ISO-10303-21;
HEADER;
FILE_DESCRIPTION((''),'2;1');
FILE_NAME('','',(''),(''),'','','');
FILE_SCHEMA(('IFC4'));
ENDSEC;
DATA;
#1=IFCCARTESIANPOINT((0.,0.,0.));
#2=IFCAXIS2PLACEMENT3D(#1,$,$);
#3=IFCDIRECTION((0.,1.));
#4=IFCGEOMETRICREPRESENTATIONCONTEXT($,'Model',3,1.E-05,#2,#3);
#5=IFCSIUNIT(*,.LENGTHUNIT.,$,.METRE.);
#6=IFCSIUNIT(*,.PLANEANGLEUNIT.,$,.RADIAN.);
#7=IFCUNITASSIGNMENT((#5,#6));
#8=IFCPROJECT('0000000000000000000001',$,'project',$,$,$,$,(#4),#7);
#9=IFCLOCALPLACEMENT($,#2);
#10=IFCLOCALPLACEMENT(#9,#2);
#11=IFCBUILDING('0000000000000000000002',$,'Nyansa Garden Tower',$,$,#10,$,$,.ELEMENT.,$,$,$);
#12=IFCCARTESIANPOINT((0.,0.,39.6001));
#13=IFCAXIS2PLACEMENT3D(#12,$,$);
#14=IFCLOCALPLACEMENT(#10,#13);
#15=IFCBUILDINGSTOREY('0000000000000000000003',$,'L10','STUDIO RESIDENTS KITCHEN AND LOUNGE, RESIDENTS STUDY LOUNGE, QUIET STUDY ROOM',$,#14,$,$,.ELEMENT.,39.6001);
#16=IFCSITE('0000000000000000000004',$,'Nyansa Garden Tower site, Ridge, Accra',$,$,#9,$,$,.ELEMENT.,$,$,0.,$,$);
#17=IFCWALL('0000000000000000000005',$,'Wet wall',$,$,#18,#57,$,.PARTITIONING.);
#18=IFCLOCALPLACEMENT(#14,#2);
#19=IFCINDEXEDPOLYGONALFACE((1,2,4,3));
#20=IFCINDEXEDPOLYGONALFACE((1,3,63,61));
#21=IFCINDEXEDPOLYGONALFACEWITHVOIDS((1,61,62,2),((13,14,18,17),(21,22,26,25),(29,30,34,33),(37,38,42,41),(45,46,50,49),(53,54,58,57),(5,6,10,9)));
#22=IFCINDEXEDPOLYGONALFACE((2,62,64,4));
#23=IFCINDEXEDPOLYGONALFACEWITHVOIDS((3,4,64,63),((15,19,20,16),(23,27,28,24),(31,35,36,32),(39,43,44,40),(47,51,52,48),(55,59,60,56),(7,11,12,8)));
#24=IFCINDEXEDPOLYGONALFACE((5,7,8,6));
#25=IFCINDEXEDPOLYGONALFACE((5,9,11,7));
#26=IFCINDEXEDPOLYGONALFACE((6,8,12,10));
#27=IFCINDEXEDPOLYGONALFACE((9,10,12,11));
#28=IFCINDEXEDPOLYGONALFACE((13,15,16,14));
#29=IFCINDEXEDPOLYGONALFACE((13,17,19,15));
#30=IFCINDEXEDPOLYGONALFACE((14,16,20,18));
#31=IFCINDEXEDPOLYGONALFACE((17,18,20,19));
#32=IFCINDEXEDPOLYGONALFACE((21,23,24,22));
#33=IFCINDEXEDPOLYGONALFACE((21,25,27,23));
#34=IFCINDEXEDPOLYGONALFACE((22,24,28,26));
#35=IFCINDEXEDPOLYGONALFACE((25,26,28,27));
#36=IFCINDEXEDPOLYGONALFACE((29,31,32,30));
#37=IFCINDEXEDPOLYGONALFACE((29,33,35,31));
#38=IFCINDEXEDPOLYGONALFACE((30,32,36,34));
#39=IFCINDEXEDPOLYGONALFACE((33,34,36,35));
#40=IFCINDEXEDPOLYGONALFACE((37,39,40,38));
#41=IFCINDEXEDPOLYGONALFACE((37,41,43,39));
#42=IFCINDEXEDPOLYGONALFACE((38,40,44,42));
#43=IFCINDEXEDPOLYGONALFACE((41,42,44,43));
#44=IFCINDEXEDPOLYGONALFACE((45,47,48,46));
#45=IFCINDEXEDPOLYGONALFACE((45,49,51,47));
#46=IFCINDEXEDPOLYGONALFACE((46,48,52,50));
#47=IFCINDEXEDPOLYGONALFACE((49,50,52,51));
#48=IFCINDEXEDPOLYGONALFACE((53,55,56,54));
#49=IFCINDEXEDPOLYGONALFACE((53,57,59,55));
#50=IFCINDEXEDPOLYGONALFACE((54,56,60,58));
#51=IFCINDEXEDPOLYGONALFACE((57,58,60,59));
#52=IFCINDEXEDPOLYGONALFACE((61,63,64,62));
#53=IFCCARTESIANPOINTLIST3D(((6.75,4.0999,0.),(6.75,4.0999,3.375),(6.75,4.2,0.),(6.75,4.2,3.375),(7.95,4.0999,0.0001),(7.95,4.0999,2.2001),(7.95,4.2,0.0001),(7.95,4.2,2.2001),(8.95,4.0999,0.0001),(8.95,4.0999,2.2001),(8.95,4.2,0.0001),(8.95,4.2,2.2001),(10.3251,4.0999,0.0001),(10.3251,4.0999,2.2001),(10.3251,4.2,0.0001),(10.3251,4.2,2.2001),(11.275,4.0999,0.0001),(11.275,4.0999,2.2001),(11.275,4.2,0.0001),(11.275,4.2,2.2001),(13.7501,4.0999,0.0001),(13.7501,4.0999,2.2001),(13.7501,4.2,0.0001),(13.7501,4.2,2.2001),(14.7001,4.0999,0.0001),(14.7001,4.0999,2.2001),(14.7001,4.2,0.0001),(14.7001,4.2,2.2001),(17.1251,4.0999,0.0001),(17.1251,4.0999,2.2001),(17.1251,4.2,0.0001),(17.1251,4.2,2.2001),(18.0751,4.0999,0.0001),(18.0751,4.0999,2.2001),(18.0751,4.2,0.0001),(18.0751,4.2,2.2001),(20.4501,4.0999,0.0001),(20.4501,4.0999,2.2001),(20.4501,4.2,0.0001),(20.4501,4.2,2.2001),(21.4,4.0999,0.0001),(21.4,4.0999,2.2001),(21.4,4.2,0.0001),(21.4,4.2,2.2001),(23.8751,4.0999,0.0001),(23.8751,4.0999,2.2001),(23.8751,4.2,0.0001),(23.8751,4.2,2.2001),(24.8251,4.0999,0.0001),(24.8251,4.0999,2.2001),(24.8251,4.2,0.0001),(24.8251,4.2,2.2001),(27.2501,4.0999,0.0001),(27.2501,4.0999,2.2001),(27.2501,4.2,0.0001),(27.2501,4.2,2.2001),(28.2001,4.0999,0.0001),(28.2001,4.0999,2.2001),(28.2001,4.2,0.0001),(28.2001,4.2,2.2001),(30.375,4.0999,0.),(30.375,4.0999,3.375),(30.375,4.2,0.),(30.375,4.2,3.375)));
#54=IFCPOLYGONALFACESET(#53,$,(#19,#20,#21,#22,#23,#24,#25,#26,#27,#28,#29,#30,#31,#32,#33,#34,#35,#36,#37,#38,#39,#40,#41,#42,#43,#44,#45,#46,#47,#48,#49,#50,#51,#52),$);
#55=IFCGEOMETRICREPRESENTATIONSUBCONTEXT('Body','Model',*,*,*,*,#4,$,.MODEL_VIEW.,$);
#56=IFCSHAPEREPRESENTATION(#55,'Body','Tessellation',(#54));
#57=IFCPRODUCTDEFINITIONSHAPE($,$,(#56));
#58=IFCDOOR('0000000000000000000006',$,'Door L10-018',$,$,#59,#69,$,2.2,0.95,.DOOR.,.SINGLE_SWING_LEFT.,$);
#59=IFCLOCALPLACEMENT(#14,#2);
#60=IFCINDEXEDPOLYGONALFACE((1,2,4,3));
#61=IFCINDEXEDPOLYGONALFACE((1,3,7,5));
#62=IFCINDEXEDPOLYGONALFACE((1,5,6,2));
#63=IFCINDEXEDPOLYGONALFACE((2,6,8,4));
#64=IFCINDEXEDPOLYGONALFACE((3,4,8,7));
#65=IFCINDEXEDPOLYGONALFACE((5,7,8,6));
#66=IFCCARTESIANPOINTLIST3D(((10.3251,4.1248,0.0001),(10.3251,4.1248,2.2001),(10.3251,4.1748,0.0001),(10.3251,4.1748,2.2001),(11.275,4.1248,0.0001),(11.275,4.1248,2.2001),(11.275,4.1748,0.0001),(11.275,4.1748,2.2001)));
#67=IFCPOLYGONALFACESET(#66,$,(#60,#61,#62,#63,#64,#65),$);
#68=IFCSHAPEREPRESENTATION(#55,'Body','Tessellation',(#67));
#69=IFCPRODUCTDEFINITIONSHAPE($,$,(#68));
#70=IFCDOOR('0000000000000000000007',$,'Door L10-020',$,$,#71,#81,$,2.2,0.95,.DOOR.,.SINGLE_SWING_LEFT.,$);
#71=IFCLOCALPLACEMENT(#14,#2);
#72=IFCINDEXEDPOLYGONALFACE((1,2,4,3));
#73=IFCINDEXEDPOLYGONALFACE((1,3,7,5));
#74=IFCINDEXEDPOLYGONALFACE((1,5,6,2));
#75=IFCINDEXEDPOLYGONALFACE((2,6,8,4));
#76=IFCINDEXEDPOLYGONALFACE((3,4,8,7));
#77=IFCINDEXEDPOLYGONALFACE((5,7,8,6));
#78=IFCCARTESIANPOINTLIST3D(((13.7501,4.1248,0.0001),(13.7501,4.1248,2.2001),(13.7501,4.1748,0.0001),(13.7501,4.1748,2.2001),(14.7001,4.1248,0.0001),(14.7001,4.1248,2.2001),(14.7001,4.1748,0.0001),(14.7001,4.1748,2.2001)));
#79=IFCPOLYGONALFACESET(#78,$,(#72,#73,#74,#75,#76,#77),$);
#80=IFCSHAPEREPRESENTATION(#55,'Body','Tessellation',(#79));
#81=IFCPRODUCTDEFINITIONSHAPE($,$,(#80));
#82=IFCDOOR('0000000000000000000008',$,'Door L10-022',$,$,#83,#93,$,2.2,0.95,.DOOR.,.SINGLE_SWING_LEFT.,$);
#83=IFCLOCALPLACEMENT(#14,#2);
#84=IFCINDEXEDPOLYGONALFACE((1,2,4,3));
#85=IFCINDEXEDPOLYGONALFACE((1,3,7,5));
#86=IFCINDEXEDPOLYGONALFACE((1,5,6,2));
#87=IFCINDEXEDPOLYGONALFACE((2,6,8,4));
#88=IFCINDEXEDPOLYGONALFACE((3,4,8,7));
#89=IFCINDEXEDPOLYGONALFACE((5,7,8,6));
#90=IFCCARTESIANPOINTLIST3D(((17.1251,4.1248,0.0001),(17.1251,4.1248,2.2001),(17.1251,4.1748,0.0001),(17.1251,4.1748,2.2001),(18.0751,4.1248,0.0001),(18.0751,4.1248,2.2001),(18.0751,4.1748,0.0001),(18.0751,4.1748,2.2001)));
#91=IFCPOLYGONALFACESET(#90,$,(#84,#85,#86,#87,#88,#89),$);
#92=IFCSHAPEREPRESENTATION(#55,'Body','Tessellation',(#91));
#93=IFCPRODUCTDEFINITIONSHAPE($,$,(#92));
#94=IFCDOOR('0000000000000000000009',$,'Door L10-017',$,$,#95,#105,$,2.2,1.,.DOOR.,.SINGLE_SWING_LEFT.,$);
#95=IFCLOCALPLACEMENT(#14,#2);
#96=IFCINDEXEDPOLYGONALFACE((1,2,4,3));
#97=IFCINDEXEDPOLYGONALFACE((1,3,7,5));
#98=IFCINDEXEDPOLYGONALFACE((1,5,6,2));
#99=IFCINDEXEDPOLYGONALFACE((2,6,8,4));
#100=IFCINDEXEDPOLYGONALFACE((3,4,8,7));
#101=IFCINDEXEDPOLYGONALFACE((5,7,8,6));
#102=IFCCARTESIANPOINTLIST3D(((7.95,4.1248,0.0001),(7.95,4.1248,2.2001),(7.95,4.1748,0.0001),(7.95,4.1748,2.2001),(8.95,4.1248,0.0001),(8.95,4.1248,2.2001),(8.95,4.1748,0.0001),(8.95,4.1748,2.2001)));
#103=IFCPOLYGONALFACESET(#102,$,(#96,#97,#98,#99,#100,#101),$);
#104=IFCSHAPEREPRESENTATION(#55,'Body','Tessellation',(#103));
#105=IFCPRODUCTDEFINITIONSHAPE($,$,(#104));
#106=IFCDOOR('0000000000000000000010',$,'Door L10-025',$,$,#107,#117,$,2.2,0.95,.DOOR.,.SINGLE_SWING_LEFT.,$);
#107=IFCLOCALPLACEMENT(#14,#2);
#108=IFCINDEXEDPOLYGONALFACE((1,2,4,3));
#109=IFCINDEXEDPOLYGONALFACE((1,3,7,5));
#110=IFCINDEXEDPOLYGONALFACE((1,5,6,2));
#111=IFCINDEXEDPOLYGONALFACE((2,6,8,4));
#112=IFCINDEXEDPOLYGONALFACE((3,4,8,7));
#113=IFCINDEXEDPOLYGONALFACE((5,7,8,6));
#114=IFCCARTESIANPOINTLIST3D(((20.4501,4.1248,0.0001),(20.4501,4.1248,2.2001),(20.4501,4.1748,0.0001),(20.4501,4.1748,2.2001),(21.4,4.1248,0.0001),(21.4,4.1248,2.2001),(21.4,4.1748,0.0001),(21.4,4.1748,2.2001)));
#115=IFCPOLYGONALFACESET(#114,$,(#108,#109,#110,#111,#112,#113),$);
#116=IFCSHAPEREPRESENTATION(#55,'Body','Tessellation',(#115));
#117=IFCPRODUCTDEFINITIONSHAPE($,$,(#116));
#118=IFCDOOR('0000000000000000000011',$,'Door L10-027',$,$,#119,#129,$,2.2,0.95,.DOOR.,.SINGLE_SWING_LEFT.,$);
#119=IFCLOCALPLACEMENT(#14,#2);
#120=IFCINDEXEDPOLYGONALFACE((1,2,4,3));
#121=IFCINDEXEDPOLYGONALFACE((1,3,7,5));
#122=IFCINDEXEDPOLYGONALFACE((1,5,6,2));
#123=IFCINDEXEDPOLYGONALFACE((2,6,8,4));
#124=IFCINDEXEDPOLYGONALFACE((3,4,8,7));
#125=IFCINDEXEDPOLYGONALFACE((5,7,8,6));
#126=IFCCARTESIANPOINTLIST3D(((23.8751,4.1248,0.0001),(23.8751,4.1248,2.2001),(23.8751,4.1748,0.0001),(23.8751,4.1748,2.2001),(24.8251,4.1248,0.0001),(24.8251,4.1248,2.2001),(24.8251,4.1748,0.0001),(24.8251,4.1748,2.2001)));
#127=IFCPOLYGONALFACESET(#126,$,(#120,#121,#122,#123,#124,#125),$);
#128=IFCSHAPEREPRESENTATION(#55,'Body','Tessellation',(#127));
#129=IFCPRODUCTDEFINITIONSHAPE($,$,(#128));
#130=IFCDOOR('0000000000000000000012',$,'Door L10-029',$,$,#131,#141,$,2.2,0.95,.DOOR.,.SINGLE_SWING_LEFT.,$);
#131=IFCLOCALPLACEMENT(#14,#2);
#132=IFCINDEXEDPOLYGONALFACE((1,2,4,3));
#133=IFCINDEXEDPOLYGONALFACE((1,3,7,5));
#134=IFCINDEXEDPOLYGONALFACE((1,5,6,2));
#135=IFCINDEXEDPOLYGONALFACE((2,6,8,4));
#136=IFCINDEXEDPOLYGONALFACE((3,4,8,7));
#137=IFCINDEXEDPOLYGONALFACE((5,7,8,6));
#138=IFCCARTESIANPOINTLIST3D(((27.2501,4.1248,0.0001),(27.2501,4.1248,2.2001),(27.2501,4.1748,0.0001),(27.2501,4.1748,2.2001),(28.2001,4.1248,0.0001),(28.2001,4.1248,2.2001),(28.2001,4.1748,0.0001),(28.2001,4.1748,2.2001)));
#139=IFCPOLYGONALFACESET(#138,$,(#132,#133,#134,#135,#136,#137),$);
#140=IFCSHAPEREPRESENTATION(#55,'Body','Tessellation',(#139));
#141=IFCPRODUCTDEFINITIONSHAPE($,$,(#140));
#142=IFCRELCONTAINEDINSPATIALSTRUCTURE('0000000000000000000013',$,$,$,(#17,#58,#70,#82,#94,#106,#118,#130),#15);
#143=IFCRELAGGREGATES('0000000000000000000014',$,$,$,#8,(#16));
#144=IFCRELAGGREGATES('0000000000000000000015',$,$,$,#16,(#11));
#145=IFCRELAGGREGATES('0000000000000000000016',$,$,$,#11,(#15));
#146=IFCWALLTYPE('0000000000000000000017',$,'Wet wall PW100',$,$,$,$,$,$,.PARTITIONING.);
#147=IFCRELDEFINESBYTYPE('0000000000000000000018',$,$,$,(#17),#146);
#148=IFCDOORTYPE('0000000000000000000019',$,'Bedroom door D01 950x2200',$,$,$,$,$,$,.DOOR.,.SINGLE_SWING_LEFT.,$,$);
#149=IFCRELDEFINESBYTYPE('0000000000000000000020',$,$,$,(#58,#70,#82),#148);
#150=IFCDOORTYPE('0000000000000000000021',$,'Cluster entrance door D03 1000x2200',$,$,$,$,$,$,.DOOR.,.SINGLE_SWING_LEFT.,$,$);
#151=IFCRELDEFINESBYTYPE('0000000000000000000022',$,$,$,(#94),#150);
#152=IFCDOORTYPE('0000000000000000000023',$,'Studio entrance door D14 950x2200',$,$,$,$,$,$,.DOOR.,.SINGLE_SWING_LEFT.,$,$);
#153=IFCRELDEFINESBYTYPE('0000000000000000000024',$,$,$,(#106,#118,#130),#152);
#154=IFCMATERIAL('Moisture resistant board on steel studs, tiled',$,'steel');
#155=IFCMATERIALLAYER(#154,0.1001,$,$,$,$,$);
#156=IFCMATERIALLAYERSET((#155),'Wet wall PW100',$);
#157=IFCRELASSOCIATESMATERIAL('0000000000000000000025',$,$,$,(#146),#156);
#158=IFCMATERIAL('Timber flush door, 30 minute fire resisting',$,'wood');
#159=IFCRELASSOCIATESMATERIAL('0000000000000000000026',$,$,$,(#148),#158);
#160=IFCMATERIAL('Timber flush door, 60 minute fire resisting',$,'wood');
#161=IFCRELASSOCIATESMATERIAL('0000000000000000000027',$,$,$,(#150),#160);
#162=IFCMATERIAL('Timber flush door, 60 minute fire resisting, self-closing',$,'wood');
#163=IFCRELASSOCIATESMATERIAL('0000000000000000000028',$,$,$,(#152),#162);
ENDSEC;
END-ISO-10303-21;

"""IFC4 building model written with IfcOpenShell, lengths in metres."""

from ifc_helpers import new_model, si_unit, direction, frame, frame_2d, origin, place, context, subcontext, project, spatial, rectangle, extrude, material, layer, layer_set, type_object, element, fill, save


model = new_model("IFC4")

# Units and contexts
model_context = context("Model", 3, precision=1e-05, world=origin(), true_north=direction((0.0, 1.0)))
body_context = subcontext(model_context, "Body", "Model", "MODEL_VIEW")
ifc_project = project(units=[si_unit("LENGTHUNIT", "METRE"), si_unit("PLANEANGLEUNIT", "RADIAN")], contexts=[model_context])

# Site, building, storey
site_placement = place(None, origin())
site = spatial("IfcSite", under=ifc_project, at=site_placement, Name="Nyansa Garden Tower site, Ridge, Accra", CompositionType="ELEMENT", RefElevation=0.0)
building_placement = place(site_placement, origin())
building = spatial("IfcBuilding", under=site, at=building_placement, Name="Nyansa Garden Tower", CompositionType="ELEMENT")
storey_placement = place(building_placement, frame((0.0, 0.0, 39.6001)))
storey = spatial("IfcBuildingStorey", under=building, at=storey_placement, Name="L10", Description="STUDIO RESIDENTS KITCHEN AND LOUNGE, RESIDENTS STUDY LOUNGE, QUIET STUDY ROOM", CompositionType="ELEMENT", Elevation=39.6001)

# Wall, openings, doors
ifc_material_1 = material(Name="Moisture resistant board on steel studs, tiled", Category="steel")
ifc_layer_1 = layer(ifc_material_1, 0.1001)
ifc_layer_set_1 = layer_set([ifc_layer_1], Name="Wet wall PW100")
wall_type_1 = type_object("IfcWallType", Name="Wet wall PW100", PredefinedType="PARTITIONING", material=ifc_layer_set_1)
wall_1_placement = place(storey_placement, frame((6.75, 4.1499, 0.0), z_axis=(0.0, 0.0, 1.0), x_axis=(1.0, 0.0, 0.0)))
wall_1 = element("IfcWall", 1, at=wall_1_placement, inside=storey, type_object=wall_type_1, Name="Wet wall", PredefinedType="PARTITIONING", context=body_context, shape_type="SweptSolid", body=[
    extrude(rectangle(XDim=23.625, YDim=0.1001, at=frame_2d((11.8125, 0.0))), origin(), (0.0, 0.0, 1.0), 3.375),
])
opening_1_placement = place(wall_1_placement, frame((1.2, 0.0, 0.0)))
opening_1 = element("IfcOpeningElement", 2, at=opening_1_placement, cuts=wall_1, PredefinedType="OPENING", context=body_context, shape_type="SweptSolid", body=[
    extrude(rectangle(XDim=1.0, YDim=2.2, at=frame_2d((0.5, 1.1001))), frame((0.0, 0.0601, 0.0), z_axis=(0.0, -1.0, 0.0), x_axis=(1.0, 0.0, 0.0)), (0.0, 0.0, 1.0), 0.1201),
])
opening_2_placement = place(wall_1_placement, frame((3.575, 0.0, 0.0)))
opening_2 = element("IfcOpeningElement", 3, at=opening_2_placement, cuts=wall_1, PredefinedType="OPENING", context=body_context, shape_type="SweptSolid", body=[
    extrude(rectangle(XDim=0.95, YDim=2.2, at=frame_2d((0.4751, 1.1001))), frame((0.0, 0.0601, 0.0), z_axis=(0.0, -1.0, 0.0), x_axis=(1.0, 0.0, 0.0)), (0.0, 0.0, 1.0), 0.1201),
])
opening_3_placement = place(wall_1_placement, frame((7.0, 0.0, 0.0)))
opening_3 = element("IfcOpeningElement", 4, at=opening_3_placement, cuts=wall_1, PredefinedType="OPENING", context=body_context, shape_type="SweptSolid", body=[
    extrude(rectangle(XDim=0.95, YDim=2.2, at=frame_2d((0.4751, 1.1001))), frame((0.0, 0.0601, 0.0), z_axis=(0.0, -1.0, 0.0), x_axis=(1.0, 0.0, 0.0)), (0.0, 0.0, 1.0), 0.1201),
])
opening_4_placement = place(wall_1_placement, frame((10.375, 0.0, 0.0)))
opening_4 = element("IfcOpeningElement", 5, at=opening_4_placement, cuts=wall_1, PredefinedType="OPENING", context=body_context, shape_type="SweptSolid", body=[
    extrude(rectangle(XDim=0.95, YDim=2.2, at=frame_2d((0.4751, 1.1001))), frame((0.0, 0.0601, 0.0), z_axis=(0.0, -1.0, 0.0), x_axis=(1.0, 0.0, 0.0)), (0.0, 0.0, 1.0), 0.1201),
])
opening_5_placement = place(wall_1_placement, frame((13.7, 0.0, 0.0)))
opening_5 = element("IfcOpeningElement", 6, at=opening_5_placement, cuts=wall_1, PredefinedType="OPENING", context=body_context, shape_type="SweptSolid", body=[
    extrude(rectangle(XDim=0.95, YDim=2.2, at=frame_2d((0.4751, 1.1001))), frame((0.0, 0.0601, 0.0), z_axis=(0.0, -1.0, 0.0), x_axis=(1.0, 0.0, 0.0)), (0.0, 0.0, 1.0), 0.1201),
])
opening_6_placement = place(wall_1_placement, frame((17.125, 0.0, 0.0)))
opening_6 = element("IfcOpeningElement", 7, at=opening_6_placement, cuts=wall_1, PredefinedType="OPENING", context=body_context, shape_type="SweptSolid", body=[
    extrude(rectangle(XDim=0.95, YDim=2.2, at=frame_2d((0.4751, 1.1001))), frame((0.0, 0.0601, 0.0), z_axis=(0.0, -1.0, 0.0), x_axis=(1.0, 0.0, 0.0)), (0.0, 0.0, 1.0), 0.1201),
])
opening_7_placement = place(wall_1_placement, frame((20.5, 0.0, 0.0)))
opening_7 = element("IfcOpeningElement", 8, at=opening_7_placement, cuts=wall_1, PredefinedType="OPENING", context=body_context, shape_type="SweptSolid", body=[
    extrude(rectangle(XDim=0.95, YDim=2.2, at=frame_2d((0.4751, 1.1001))), frame((0.0, 0.0601, 0.0), z_axis=(0.0, -1.0, 0.0), x_axis=(1.0, 0.0, 0.0)), (0.0, 0.0, 1.0), 0.1201),
])
ifc_material_2 = material(Name="Timber flush door, 30 minute fire resisting", Category="wood")
door_type_1 = type_object("IfcDoorType", Name="Bedroom door D01 950x2200", OperationType="SINGLE_SWING_LEFT", PredefinedType="DOOR", material=ifc_material_2)
door_1_placement = place(opening_2_placement, origin())
door_1 = element("IfcDoor", 9, at=door_1_placement, inside=storey, type_object=door_type_1, Name="Door L10-018", OperationType="SINGLE_SWING_LEFT", OverallHeight=2.2, OverallWidth=0.95, PredefinedType="DOOR", context=body_context, shape_type="SweptSolid", body=[
    extrude(rectangle(XDim=0.95, YDim=2.2, at=frame_2d((0.4751, 1.1001))), frame((0.0, 0.0249, 0.0), z_axis=(0.0, -1.0, 0.0), x_axis=(1.0, 0.0, 0.0)), (0.0, 0.0, 1.0), 0.05),
])
fill(opening_2, door_1)
door_2_placement = place(opening_3_placement, origin())
door_2 = element("IfcDoor", 10, at=door_2_placement, inside=storey, type_object=door_type_1, Name="Door L10-020", OperationType="SINGLE_SWING_LEFT", OverallHeight=2.2, OverallWidth=0.95, PredefinedType="DOOR", context=body_context, shape_type="SweptSolid", body=[
    extrude(rectangle(XDim=0.95, YDim=2.2, at=frame_2d((0.4751, 1.1001))), frame((0.0, 0.0249, 0.0), z_axis=(0.0, -1.0, 0.0), x_axis=(1.0, 0.0, 0.0)), (0.0, 0.0, 1.0), 0.05),
])
fill(opening_3, door_2)
door_3_placement = place(opening_4_placement, origin())
door_3 = element("IfcDoor", 11, at=door_3_placement, inside=storey, type_object=door_type_1, Name="Door L10-022", OperationType="SINGLE_SWING_LEFT", OverallHeight=2.2, OverallWidth=0.95, PredefinedType="DOOR", context=body_context, shape_type="SweptSolid", body=[
    extrude(rectangle(XDim=0.95, YDim=2.2, at=frame_2d((0.4751, 1.1001))), frame((0.0, 0.0249, 0.0), z_axis=(0.0, -1.0, 0.0), x_axis=(1.0, 0.0, 0.0)), (0.0, 0.0, 1.0), 0.05),
])
fill(opening_4, door_3)
ifc_material_3 = material(Name="Timber flush door, 60 minute fire resisting", Category="wood")
door_type_2 = type_object("IfcDoorType", Name="Cluster entrance door D03 1000x2200", OperationType="SINGLE_SWING_LEFT", PredefinedType="DOOR", material=ifc_material_3)
door_4_placement = place(opening_1_placement, origin())
door_4 = element("IfcDoor", 12, at=door_4_placement, inside=storey, type_object=door_type_2, Name="Door L10-017", OperationType="SINGLE_SWING_LEFT", OverallHeight=2.2, OverallWidth=1.0, PredefinedType="DOOR", context=body_context, shape_type="SweptSolid", body=[
    extrude(rectangle(XDim=1.0, YDim=2.2, at=frame_2d((0.5, 1.1001))), frame((0.0, 0.0249, 0.0), z_axis=(0.0, -1.0, 0.0), x_axis=(1.0, 0.0, 0.0)), (0.0, 0.0, 1.0), 0.05),
])
fill(opening_1, door_4)
ifc_material_4 = material(Name="Timber flush door, 60 minute fire resisting, self-closing", Category="wood")
door_type_3 = type_object("IfcDoorType", Name="Studio entrance door D14 950x2200", OperationType="SINGLE_SWING_LEFT", PredefinedType="DOOR", material=ifc_material_4)
door_5_placement = place(opening_5_placement, origin())
door_5 = element("IfcDoor", 13, at=door_5_placement, inside=storey, type_object=door_type_3, Name="Door L10-025", OperationType="SINGLE_SWING_LEFT", OverallHeight=2.2, OverallWidth=0.95, PredefinedType="DOOR", context=body_context, shape_type="SweptSolid", body=[
    extrude(rectangle(XDim=0.95, YDim=2.2, at=frame_2d((0.4751, 1.1001))), frame((0.0, 0.0249, 0.0), z_axis=(0.0, -1.0, 0.0), x_axis=(1.0, 0.0, 0.0)), (0.0, 0.0, 1.0), 0.05),
])
fill(opening_5, door_5)
door_6_placement = place(opening_6_placement, origin())
door_6 = element("IfcDoor", 14, at=door_6_placement, inside=storey, type_object=door_type_3, Name="Door L10-027", OperationType="SINGLE_SWING_LEFT", OverallHeight=2.2, OverallWidth=0.95, PredefinedType="DOOR", context=body_context, shape_type="SweptSolid", body=[
    extrude(rectangle(XDim=0.95, YDim=2.2, at=frame_2d((0.4751, 1.1001))), frame((0.0, 0.0249, 0.0), z_axis=(0.0, -1.0, 0.0), x_axis=(1.0, 0.0, 0.0)), (0.0, 0.0, 1.0), 0.05),
])
fill(opening_6, door_6)
door_7_placement = place(opening_7_placement, origin())
door_7 = element("IfcDoor", 15, at=door_7_placement, inside=storey, type_object=door_type_3, Name="Door L10-029", OperationType="SINGLE_SWING_LEFT", OverallHeight=2.2, OverallWidth=0.95, PredefinedType="DOOR", context=body_context, shape_type="SweptSolid", body=[
    extrude(rectangle(XDim=0.95, YDim=2.2, at=frame_2d((0.4751, 1.1001))), frame((0.0, 0.0249, 0.0), z_axis=(0.0, -1.0, 0.0), x_axis=(1.0, 0.0, 0.0)), (0.0, 0.0, 1.0), 0.05),
])
fill(opening_7, door_7)

save(model, "model.ifc")
